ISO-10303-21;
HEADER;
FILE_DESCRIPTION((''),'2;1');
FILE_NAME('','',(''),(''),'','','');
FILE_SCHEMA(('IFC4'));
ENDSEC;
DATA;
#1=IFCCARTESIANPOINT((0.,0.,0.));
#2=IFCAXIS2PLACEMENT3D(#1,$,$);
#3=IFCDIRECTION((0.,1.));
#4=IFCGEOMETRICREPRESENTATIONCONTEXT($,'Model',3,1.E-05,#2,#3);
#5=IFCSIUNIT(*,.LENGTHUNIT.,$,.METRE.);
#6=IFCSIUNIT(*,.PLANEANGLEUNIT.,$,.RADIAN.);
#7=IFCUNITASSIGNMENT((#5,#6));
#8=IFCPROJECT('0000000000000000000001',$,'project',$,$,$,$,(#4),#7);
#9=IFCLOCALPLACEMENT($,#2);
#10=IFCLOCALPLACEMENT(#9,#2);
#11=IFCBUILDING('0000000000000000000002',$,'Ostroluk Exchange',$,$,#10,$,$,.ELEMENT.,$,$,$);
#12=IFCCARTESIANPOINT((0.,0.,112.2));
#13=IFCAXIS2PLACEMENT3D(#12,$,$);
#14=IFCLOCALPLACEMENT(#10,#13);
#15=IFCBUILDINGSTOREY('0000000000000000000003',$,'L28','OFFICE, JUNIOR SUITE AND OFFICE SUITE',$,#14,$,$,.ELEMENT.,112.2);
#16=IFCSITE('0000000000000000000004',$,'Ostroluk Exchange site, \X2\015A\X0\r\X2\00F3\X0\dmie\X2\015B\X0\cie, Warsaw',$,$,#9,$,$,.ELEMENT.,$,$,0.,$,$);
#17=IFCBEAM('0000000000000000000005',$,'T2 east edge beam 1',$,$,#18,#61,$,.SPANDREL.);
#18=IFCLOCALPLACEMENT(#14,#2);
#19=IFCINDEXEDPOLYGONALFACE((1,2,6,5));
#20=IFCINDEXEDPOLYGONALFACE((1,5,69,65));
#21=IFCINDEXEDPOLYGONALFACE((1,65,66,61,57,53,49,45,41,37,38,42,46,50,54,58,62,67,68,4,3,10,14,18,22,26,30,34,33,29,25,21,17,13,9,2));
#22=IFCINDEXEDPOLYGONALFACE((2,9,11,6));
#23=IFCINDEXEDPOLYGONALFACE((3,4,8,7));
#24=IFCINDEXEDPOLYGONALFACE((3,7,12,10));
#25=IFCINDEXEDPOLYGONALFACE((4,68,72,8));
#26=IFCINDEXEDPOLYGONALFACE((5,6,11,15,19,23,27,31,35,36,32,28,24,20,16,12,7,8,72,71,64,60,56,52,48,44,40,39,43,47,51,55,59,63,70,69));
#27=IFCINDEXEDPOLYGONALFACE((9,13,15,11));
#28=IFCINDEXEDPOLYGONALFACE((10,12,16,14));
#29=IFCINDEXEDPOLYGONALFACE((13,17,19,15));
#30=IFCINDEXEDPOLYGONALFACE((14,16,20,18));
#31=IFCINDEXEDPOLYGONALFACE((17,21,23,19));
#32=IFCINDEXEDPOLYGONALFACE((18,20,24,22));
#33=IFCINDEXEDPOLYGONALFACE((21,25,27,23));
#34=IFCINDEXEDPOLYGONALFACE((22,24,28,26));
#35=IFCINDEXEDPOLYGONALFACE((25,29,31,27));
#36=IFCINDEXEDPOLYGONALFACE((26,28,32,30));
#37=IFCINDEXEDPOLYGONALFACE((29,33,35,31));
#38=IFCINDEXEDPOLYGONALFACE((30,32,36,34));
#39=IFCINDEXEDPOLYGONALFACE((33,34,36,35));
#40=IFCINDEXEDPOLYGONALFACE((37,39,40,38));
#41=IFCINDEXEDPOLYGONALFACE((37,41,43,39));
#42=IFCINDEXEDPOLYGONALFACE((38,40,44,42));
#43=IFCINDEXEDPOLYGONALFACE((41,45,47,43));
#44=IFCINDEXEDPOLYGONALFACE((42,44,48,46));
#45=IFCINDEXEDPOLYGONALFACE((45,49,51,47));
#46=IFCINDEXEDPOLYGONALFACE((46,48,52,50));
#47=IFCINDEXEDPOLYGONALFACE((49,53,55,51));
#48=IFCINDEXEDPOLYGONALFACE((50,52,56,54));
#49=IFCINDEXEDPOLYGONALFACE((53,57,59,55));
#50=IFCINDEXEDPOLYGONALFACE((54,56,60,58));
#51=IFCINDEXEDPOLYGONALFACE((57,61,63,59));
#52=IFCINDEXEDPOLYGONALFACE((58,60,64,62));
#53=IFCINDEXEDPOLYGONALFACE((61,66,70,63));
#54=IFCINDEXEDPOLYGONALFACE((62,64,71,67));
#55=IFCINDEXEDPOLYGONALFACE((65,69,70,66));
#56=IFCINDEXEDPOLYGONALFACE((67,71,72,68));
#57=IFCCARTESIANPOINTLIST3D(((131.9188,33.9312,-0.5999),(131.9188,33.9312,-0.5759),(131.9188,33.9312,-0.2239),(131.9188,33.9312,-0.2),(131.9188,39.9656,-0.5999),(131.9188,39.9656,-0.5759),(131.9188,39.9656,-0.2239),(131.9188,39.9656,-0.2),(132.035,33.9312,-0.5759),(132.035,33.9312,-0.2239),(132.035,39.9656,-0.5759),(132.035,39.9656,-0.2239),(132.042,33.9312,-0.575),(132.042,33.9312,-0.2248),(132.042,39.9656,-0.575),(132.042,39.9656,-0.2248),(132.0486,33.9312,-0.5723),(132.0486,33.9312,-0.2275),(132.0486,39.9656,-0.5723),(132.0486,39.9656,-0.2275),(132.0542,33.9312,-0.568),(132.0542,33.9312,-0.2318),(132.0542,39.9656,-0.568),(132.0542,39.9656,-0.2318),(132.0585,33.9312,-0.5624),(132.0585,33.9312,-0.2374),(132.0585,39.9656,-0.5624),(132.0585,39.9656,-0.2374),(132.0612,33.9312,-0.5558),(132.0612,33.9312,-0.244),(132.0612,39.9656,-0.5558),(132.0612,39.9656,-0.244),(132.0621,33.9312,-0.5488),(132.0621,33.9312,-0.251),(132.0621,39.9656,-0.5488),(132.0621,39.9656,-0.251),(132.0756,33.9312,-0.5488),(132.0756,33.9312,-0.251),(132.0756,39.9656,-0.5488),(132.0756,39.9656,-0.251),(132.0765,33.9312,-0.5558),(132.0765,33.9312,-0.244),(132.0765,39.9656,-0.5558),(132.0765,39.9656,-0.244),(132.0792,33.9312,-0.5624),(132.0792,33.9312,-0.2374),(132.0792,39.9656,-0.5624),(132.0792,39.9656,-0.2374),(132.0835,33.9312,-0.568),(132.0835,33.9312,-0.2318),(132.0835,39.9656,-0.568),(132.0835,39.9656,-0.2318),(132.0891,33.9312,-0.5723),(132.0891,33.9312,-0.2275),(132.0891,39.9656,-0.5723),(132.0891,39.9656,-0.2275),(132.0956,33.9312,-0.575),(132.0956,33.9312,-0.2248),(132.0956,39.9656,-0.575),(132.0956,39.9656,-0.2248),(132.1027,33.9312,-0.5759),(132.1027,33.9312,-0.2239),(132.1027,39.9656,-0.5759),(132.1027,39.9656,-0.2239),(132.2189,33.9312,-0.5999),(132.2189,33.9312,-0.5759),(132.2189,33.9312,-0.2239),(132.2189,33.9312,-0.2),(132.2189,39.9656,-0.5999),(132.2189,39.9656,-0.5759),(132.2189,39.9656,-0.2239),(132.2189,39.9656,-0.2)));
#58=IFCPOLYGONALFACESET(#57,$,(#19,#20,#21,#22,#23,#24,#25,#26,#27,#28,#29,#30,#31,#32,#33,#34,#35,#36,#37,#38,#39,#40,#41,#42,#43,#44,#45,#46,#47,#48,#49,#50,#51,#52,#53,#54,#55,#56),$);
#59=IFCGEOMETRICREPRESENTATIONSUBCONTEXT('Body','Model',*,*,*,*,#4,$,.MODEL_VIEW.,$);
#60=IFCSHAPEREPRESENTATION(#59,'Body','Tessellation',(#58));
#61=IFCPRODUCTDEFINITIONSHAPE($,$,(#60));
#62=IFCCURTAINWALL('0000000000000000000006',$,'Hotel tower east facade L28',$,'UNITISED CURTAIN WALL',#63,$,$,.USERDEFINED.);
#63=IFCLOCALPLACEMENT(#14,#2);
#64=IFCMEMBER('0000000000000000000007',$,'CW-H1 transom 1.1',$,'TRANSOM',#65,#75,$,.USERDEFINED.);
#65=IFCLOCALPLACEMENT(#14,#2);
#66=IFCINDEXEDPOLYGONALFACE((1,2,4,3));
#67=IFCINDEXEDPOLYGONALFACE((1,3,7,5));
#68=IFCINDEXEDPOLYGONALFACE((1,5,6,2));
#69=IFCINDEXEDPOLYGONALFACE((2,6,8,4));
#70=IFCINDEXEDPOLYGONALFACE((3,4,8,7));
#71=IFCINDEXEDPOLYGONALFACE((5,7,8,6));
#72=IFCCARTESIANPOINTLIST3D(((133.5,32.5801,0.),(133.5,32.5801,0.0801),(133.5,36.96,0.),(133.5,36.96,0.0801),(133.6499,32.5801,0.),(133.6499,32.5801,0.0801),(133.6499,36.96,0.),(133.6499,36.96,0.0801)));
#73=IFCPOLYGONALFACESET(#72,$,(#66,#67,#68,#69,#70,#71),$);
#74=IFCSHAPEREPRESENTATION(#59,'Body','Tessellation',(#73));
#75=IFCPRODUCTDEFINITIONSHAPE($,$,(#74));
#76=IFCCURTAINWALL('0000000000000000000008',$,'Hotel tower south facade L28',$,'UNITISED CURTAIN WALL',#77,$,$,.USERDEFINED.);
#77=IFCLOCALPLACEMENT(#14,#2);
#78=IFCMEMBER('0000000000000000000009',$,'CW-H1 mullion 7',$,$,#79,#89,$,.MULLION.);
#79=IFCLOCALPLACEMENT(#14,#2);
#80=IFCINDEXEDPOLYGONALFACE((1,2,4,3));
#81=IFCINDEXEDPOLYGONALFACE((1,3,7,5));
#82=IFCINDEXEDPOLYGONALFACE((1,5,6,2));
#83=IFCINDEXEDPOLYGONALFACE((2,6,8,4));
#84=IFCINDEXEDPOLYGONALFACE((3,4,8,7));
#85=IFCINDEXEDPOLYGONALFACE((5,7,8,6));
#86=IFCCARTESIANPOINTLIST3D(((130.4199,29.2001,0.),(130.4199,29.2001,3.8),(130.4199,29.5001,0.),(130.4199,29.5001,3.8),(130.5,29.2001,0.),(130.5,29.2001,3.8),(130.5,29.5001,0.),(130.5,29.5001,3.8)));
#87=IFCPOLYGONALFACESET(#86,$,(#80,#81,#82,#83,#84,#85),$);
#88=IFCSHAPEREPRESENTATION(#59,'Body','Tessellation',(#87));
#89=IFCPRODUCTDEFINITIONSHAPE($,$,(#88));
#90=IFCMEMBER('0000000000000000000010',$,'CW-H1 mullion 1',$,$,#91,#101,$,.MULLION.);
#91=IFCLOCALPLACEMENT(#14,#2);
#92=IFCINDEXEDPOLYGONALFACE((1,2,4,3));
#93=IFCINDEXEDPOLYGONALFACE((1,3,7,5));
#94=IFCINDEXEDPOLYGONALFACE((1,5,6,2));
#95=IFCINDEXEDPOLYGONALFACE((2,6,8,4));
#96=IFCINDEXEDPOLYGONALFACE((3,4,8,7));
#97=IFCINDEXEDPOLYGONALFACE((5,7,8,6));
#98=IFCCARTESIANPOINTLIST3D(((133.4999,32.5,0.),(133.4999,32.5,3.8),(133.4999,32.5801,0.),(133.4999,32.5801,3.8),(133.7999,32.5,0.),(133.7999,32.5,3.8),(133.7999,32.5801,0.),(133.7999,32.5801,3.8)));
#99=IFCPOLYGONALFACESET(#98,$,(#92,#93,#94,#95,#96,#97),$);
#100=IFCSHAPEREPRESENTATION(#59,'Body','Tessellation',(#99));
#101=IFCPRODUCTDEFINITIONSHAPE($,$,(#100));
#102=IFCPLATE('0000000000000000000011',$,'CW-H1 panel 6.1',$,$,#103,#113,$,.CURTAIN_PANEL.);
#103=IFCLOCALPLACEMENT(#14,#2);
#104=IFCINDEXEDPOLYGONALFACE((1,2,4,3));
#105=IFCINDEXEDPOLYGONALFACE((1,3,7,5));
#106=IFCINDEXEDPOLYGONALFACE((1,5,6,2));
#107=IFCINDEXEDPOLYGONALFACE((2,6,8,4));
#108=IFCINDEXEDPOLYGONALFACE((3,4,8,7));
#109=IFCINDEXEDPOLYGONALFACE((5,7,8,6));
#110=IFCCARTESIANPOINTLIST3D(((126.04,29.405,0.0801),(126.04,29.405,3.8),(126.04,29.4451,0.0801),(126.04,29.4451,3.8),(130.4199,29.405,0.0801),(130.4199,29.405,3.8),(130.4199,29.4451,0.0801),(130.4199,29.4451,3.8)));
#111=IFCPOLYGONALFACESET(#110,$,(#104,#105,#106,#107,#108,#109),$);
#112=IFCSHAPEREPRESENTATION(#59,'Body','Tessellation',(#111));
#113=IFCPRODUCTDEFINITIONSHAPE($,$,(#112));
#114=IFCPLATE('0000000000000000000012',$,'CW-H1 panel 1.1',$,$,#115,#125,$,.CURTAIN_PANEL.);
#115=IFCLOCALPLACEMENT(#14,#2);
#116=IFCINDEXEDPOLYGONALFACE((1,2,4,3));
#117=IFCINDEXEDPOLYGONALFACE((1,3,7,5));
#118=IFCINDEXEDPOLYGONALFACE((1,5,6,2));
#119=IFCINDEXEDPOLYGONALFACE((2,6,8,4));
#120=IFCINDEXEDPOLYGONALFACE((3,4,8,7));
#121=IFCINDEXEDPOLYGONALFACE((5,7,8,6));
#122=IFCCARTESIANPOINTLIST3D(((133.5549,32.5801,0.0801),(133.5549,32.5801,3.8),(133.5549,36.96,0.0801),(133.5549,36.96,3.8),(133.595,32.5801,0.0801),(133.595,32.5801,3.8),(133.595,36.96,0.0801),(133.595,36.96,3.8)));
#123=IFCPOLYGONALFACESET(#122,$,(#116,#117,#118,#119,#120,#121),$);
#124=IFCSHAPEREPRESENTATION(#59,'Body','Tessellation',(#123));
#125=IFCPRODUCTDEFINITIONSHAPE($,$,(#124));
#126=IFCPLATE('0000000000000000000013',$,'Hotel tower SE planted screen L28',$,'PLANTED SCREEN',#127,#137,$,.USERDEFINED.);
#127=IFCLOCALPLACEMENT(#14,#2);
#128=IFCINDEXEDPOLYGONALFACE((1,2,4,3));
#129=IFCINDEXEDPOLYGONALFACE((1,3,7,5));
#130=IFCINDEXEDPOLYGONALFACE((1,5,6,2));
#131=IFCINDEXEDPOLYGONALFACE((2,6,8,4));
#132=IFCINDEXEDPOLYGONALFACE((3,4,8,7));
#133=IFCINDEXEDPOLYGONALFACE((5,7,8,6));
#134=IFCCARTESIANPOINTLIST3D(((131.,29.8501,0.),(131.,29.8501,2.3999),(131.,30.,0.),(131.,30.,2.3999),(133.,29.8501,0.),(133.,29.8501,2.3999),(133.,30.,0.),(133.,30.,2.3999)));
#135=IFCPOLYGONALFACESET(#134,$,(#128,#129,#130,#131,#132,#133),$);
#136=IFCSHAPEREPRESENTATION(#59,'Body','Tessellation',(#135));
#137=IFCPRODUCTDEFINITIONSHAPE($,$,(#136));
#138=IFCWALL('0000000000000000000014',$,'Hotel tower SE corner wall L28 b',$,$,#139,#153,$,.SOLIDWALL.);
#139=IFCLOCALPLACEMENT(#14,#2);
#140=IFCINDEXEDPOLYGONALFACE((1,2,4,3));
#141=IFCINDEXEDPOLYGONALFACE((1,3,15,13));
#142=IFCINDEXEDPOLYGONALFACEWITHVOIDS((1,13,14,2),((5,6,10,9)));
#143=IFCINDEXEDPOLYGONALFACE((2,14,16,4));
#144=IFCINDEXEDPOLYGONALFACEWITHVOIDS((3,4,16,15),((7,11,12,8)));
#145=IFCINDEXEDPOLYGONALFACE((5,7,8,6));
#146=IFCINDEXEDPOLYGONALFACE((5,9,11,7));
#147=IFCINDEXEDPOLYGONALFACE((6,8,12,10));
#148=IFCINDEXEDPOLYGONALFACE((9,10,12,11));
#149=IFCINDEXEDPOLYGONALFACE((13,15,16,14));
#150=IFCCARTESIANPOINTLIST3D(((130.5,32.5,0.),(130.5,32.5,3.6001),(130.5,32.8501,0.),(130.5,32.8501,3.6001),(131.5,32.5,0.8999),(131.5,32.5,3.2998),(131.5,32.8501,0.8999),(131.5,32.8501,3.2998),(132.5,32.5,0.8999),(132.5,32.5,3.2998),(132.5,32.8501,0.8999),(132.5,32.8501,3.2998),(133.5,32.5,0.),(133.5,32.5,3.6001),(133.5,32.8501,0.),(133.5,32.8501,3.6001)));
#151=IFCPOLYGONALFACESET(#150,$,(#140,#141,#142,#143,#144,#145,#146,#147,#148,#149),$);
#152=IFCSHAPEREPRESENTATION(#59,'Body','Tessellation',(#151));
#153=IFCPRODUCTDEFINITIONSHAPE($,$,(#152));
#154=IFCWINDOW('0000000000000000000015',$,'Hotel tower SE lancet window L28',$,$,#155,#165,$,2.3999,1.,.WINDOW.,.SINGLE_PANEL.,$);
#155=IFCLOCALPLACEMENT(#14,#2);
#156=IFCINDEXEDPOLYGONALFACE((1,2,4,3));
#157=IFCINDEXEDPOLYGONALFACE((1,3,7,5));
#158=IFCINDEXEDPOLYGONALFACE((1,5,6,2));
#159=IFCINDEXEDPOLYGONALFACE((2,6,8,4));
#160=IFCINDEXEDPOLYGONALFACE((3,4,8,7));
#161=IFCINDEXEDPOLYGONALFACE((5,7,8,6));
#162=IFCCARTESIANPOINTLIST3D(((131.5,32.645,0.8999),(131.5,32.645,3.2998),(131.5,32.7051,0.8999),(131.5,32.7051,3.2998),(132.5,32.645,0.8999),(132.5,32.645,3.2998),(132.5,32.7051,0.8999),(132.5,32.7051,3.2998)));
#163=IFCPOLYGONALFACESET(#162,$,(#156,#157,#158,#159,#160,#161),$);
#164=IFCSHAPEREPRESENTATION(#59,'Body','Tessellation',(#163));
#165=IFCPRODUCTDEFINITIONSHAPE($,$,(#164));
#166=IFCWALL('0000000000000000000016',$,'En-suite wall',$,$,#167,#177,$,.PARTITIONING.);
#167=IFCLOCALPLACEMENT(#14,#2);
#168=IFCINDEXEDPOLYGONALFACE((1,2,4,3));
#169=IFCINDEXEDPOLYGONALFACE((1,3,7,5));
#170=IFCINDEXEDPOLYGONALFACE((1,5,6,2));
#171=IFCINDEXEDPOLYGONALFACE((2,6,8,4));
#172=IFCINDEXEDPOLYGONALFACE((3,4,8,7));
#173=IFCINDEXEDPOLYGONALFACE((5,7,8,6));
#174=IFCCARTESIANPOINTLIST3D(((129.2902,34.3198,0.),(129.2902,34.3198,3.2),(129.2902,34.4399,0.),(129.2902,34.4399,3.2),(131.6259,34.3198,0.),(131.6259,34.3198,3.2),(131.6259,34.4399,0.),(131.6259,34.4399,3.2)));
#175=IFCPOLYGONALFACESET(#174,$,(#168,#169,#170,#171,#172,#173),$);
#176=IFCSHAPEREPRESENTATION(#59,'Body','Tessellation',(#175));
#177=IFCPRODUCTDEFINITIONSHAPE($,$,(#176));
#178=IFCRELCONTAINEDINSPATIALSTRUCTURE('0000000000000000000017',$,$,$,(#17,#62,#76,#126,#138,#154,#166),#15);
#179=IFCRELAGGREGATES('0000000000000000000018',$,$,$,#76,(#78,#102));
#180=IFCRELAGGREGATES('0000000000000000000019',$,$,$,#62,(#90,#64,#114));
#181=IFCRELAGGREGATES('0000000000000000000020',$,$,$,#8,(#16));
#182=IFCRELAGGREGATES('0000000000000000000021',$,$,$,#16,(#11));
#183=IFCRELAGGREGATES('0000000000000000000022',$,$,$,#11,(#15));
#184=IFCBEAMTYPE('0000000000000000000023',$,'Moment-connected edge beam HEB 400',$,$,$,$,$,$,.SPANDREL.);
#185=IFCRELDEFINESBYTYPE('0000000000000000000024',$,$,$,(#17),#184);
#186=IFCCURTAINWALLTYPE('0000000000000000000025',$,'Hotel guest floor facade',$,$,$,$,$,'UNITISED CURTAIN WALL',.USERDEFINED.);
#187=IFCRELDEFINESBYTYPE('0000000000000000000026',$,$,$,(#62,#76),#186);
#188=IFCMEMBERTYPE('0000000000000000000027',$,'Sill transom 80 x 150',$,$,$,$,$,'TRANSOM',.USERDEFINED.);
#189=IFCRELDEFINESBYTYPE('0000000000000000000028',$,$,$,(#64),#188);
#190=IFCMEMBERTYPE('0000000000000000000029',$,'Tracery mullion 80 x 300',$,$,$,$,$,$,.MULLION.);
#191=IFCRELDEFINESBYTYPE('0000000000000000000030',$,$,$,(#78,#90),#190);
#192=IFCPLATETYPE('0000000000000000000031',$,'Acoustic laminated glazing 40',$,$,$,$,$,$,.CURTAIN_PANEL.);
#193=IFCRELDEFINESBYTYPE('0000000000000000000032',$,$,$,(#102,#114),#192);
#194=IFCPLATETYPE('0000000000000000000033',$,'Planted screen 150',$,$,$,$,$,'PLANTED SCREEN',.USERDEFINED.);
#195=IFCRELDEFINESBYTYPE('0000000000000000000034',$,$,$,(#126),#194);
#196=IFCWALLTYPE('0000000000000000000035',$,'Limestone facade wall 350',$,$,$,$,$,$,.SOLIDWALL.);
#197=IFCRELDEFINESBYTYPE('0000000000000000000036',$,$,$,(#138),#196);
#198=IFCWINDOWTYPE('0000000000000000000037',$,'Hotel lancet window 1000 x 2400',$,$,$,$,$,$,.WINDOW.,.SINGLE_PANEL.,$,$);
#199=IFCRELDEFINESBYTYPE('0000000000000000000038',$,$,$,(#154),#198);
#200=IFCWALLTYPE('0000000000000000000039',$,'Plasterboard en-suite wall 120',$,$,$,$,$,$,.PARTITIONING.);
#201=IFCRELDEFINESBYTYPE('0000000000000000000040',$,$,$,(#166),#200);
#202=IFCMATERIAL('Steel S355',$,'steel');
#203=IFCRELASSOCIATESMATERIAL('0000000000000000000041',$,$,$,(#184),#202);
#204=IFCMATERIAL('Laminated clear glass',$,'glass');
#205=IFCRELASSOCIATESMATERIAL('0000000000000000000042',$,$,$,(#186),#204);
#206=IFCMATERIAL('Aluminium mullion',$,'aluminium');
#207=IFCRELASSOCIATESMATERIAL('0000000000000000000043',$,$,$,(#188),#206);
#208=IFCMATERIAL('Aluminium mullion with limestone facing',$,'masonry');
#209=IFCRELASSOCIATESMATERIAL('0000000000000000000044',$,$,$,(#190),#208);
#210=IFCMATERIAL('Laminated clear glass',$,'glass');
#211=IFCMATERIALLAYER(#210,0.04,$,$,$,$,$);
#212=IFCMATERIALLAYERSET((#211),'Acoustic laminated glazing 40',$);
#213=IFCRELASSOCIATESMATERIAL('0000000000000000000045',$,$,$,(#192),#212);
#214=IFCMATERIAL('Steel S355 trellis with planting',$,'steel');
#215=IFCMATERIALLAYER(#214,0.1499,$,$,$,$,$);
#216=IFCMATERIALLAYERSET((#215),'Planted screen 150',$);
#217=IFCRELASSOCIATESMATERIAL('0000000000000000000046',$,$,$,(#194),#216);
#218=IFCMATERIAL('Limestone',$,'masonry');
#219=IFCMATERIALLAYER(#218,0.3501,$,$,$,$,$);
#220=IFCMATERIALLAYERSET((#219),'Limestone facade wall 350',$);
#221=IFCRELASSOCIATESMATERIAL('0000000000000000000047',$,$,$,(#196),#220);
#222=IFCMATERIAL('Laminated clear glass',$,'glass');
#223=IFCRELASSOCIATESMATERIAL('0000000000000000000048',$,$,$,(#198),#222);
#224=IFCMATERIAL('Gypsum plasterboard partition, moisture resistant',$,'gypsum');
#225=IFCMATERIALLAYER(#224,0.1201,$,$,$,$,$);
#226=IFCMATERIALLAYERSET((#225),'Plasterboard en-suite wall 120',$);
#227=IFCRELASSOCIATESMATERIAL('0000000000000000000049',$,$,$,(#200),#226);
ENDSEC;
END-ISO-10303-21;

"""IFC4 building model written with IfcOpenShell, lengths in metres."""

from ifc_helpers import new_model, si_unit, direction, frame, frame_2d, origin, origin_2d, place, context, subcontext, project, spatial, rectangle, i_section, extrude, material, layer, layer_set, material_profile, profile_set, type_object, element, fill, aggregate, save


model = new_model("IFC4")

# Units and contexts
model_context = context("Model", 3, precision=1e-05, world=origin(), true_north=direction((0.0, 1.0)))
body_context = subcontext(model_context, "Body", "Model", "MODEL_VIEW")
ifc_project = project(units=[si_unit("LENGTHUNIT", "METRE"), si_unit("PLANEANGLEUNIT", "RADIAN")], contexts=[model_context])

# Site, building, storey
site_placement = place(None, origin())
site = spatial("IfcSite", under=ifc_project, at=site_placement, Name="Ostroluk Exchange site, Śródmieście, Warsaw", CompositionType="ELEMENT", RefElevation=0.0)
building_placement = place(site_placement, origin())
building = spatial("IfcBuilding", under=site, at=building_placement, Name="Ostroluk Exchange", CompositionType="ELEMENT")
storey_placement = place(building_placement, frame((0.0, 0.0, 112.2)))
storey = spatial("IfcBuildingStorey", under=building, at=storey_placement, Name="L28", Description="OFFICE, JUNIOR SUITE AND OFFICE SUITE", CompositionType="ELEMENT", Elevation=112.2)

# Beam
ifc_material_1 = material(Name="Steel S355", Category="steel")
ifc_material_profile_1 = material_profile(ifc_material_1, i_section(OverallWidth=0.3, OverallDepth=0.3999, WebThickness=0.0134, FlangeThickness=0.0239, FilletRadius=0.0271, at=origin_2d()), Name="HEB 400")
ifc_profile_set_1 = profile_set([ifc_material_profile_1], Name="Steel S355")
beam_type_1 = type_object("IfcBeamType", Name="Moment-connected edge beam HEB 400", PredefinedType="SPANDREL", material=ifc_profile_set_1)
beam_1_placement = place(storey_placement, frame((132.0688, 33.9312, -0.3999), z_axis=(0.0, 1.0, 0.0), x_axis=(-1.0, 0.0, 0.0)))
element("IfcBeam", 1, at=beam_1_placement, inside=storey, type_object=beam_type_1, Name="T2 east edge beam 1", PredefinedType="SPANDREL", context=body_context, shape_type="SweptSolid", body=[
    extrude(i_section(OverallWidth=0.3, OverallDepth=0.3999, WebThickness=0.0134, FlangeThickness=0.0239, FilletRadius=0.0271, at=origin_2d()), origin(), (0.0, 0.0, 1.0), 6.0344),
])

# Curtain walls, members
ifc_material_2 = material(Name="Laminated clear glass", Category="glass")
curtain_wall_type = type_object("IfcCurtainWallType", Name="Hotel guest floor facade", ElementType="UNITISED CURTAIN WALL", PredefinedType="USERDEFINED", material=ifc_material_2)
curtain_wall_1_placement = place(storey_placement, origin())
curtain_wall_1 = element("IfcCurtainWall", 2, at=curtain_wall_1_placement, inside=storey, type_object=curtain_wall_type, Name="Hotel tower east facade L28", ObjectType="UNITISED CURTAIN WALL", PredefinedType="USERDEFINED")
ifc_material_3 = material(Name="Aluminium mullion", Category="aluminium")
ifc_material_profile_2 = material_profile(ifc_material_3, rectangle(XDim=0.1499, YDim=0.0801, at=origin_2d()), Name="Sill transom 80 x 150")
ifc_profile_set_2 = profile_set([ifc_material_profile_2], Name="Aluminium mullion")
member_type_1 = type_object("IfcMemberType", Name="Sill transom 80 x 150", ElementType="TRANSOM", PredefinedType="USERDEFINED", material=ifc_profile_set_2)
member_1_placement = place(storey_placement, frame((133.575, 32.5801, 0.04), z_axis=(0.0, 1.0, 0.0), x_axis=(-1.0, 0.0, 0.0)))
member_1 = element("IfcMember", 3, at=member_1_placement, type_object=member_type_1, Name="CW-H1 transom 1.1", ObjectType="TRANSOM", PredefinedType="USERDEFINED", context=body_context, shape_type="SweptSolid", body=[
    extrude(rectangle(XDim=0.1499, YDim=0.0801, at=origin_2d()), origin(), (0.0, 0.0, 1.0), 4.3799),
])
curtain_wall_2_placement = place(storey_placement, origin())
curtain_wall_2 = element("IfcCurtainWall", 4, at=curtain_wall_2_placement, inside=storey, type_object=curtain_wall_type, Name="Hotel tower south facade L28", ObjectType="UNITISED CURTAIN WALL", PredefinedType="USERDEFINED")
ifc_material_4 = material(Name="Aluminium mullion with limestone facing", Category="masonry")
ifc_material_profile_3 = material_profile(ifc_material_4, rectangle(XDim=0.3, YDim=0.0801, at=origin_2d()), Name="Tracery mullion 80 x 300")
ifc_profile_set_3 = profile_set([ifc_material_profile_3], Name="Aluminium mullion with limestone facing")
member_type_2 = type_object("IfcMemberType", Name="Tracery mullion 80 x 300", PredefinedType="MULLION", material=ifc_profile_set_3)
member_2_placement = place(storey_placement, frame((130.46, 29.3501, 0.0), z_axis=(0.0, 0.0, 1.0), x_axis=(0.0, 1.0, 0.0)))
member_2 = element("IfcMember", 5, at=member_2_placement, type_object=member_type_2, Name="CW-H1 mullion 7", PredefinedType="MULLION", context=body_context, shape_type="SweptSolid", body=[
    extrude(rectangle(XDim=0.3, YDim=0.0801, at=origin_2d()), origin(), (0.0, 0.0, 1.0), 3.8),
])

# Member
member_3_placement = place(storey_placement, frame((133.6499, 32.54, 0.0), z_axis=(0.0, 0.0, 1.0), x_axis=(-1.0, 0.0, 0.0)))
member_3 = element("IfcMember", 6, at=member_3_placement, type_object=member_type_2, Name="CW-H1 mullion 1", PredefinedType="MULLION", context=body_context, shape_type="SweptSolid", body=[
    extrude(rectangle(XDim=0.3, YDim=0.0801, at=origin_2d()), origin(), (0.0, 0.0, 1.0), 3.8),
])

# Plates
ifc_material_5 = material(Name="Laminated clear glass", Category="glass")
ifc_layer_1 = layer(ifc_material_5, 0.04)
ifc_layer_set_1 = layer_set([ifc_layer_1], Name="Acoustic laminated glazing 40")
plate_type_1 = type_object("IfcPlateType", Name="Acoustic laminated glazing 40", PredefinedType="CURTAIN_PANEL", material=ifc_layer_set_1)
plate_1_placement = place(storey_placement, frame((128.23, 29.425, 0.0801), z_axis=(0.0, 0.0, 1.0), x_axis=(1.0, 0.0, 0.0)))
plate_1 = element("IfcPlate", 7, at=plate_1_placement, type_object=plate_type_1, Name="CW-H1 panel 6.1", PredefinedType="CURTAIN_PANEL", context=body_context, shape_type="SweptSolid", body=[
    extrude(rectangle(XDim=4.3799, YDim=0.04, at=origin_2d()), origin(), (0.0, 0.0, 1.0), 3.72),
])
aggregate(curtain_wall_2, [member_2, plate_1])
plate_2_placement = place(storey_placement, frame((133.575, 34.77, 0.0801), z_axis=(0.0, 0.0, 1.0), x_axis=(0.0, 1.0, 0.0)))
plate_2 = element("IfcPlate", 8, at=plate_2_placement, type_object=plate_type_1, Name="CW-H1 panel 1.1", PredefinedType="CURTAIN_PANEL", context=body_context, shape_type="SweptSolid", body=[
    extrude(rectangle(XDim=4.3799, YDim=0.04, at=origin_2d()), origin(), (0.0, 0.0, 1.0), 3.72),
])
aggregate(curtain_wall_1, [member_3, member_1, plate_2])
ifc_material_6 = material(Name="Steel S355 trellis with planting", Category="steel")
ifc_layer_2 = layer(ifc_material_6, 0.1499)
ifc_layer_set_2 = layer_set([ifc_layer_2], Name="Planted screen 150")
plate_type_2 = type_object("IfcPlateType", Name="Planted screen 150", ElementType="PLANTED SCREEN", PredefinedType="USERDEFINED", material=ifc_layer_set_2)
plate_3_placement = place(storey_placement, frame((132.0, 29.925, 0.0), z_axis=(0.0, 0.0, 1.0), x_axis=(1.0, 0.0, 0.0)))
element("IfcPlate", 9, at=plate_3_placement, inside=storey, type_object=plate_type_2, Name="Hotel tower SE planted screen L28", ObjectType="PLANTED SCREEN", PredefinedType="USERDEFINED", context=body_context, shape_type="SweptSolid", body=[
    extrude(rectangle(XDim=2.0, YDim=0.1499, at=origin_2d()), origin(), (0.0, 0.0, 1.0), 2.3999),
])

# Shared definitions
ifc_material_7 = material(Name="Limestone", Category="masonry")
ifc_layer_3 = layer(ifc_material_7, 0.3501)
ifc_layer_set_3 = layer_set([ifc_layer_3], Name="Limestone facade wall 350")
wall_type_1 = type_object("IfcWallType", Name="Limestone facade wall 350", PredefinedType="SOLIDWALL", material=ifc_layer_set_3)

# Wall, opening, window
wall_1_placement = place(storey_placement, frame((130.5, 32.675, 0.0), z_axis=(0.0, 0.0, 1.0), x_axis=(1.0, 0.0, 0.0)))
wall_1 = element("IfcWall", 10, at=wall_1_placement, inside=storey, type_object=wall_type_1, Name="Hotel tower SE corner wall L28 b", PredefinedType="SOLIDWALL", context=body_context, shape_type="SweptSolid", body=[
    extrude(rectangle(XDim=3.0, YDim=0.3501, at=frame_2d((1.5, 0.0))), origin(), (0.0, 0.0, 1.0), 3.6001),
])
opening_1_placement = place(wall_1_placement, frame((1.0, 0.0, 0.8999)))
opening_1 = element("IfcOpeningElement", 11, at=opening_1_placement, cuts=wall_1, PredefinedType="OPENING", context=body_context, shape_type="SweptSolid", body=[
    extrude(rectangle(XDim=1.0, YDim=2.3999, at=frame_2d((0.5, 1.2))), frame((0.0, 0.1851, 0.0), z_axis=(0.0, -1.0, 0.0), x_axis=(1.0, 0.0, 0.0)), (0.0, 0.0, 1.0), 0.3701),
])
ifc_material_8 = material(Name="Laminated clear glass", Category="glass")
window_type = type_object("IfcWindowType", Name="Hotel lancet window 1000 x 2400", PartitioningType="SINGLE_PANEL", PredefinedType="WINDOW", material=ifc_material_8)
window_placement = place(opening_1_placement, origin())
window = element("IfcWindow", 12, at=window_placement, inside=storey, type_object=window_type, Name="Hotel tower SE lancet window L28", OverallHeight=2.3999, OverallWidth=1.0, PartitioningType="SINGLE_PANEL", PredefinedType="WINDOW", context=body_context, shape_type="SweptSolid", body=[
    extrude(rectangle(XDim=1.0, YDim=2.3999, at=frame_2d((0.5, 1.2))), frame((0.0, 0.03, 0.0), z_axis=(0.0, -1.0, 0.0), x_axis=(1.0, 0.0, 0.0)), (0.0, 0.0, 1.0), 0.0601),
])
fill(opening_1, window)

# Wall
ifc_material_9 = material(Name="Gypsum plasterboard partition, moisture resistant", Category="gypsum")
ifc_layer_4 = layer(ifc_material_9, 0.1201)
ifc_layer_set_4 = layer_set([ifc_layer_4], Name="Plasterboard en-suite wall 120")
wall_type_2 = type_object("IfcWallType", Name="Plasterboard en-suite wall 120", PredefinedType="PARTITIONING", material=ifc_layer_set_4)
wall_2_placement = place(storey_placement, frame((129.29, 34.3799, 0.0), z_axis=(0.0, 0.0, 1.0), x_axis=(1.0, 0.0, 0.0)))
element("IfcWall", 13, at=wall_2_placement, inside=storey, type_object=wall_type_2, Name="En-suite wall", PredefinedType="PARTITIONING", context=body_context, shape_type="SweptSolid", body=[
    extrude(rectangle(XDim=2.3357, YDim=0.1201, at=frame_2d((1.168, 0.0))), origin(), (0.0, 0.0, 1.0), 3.2),
])

save(model, "model.ifc")
